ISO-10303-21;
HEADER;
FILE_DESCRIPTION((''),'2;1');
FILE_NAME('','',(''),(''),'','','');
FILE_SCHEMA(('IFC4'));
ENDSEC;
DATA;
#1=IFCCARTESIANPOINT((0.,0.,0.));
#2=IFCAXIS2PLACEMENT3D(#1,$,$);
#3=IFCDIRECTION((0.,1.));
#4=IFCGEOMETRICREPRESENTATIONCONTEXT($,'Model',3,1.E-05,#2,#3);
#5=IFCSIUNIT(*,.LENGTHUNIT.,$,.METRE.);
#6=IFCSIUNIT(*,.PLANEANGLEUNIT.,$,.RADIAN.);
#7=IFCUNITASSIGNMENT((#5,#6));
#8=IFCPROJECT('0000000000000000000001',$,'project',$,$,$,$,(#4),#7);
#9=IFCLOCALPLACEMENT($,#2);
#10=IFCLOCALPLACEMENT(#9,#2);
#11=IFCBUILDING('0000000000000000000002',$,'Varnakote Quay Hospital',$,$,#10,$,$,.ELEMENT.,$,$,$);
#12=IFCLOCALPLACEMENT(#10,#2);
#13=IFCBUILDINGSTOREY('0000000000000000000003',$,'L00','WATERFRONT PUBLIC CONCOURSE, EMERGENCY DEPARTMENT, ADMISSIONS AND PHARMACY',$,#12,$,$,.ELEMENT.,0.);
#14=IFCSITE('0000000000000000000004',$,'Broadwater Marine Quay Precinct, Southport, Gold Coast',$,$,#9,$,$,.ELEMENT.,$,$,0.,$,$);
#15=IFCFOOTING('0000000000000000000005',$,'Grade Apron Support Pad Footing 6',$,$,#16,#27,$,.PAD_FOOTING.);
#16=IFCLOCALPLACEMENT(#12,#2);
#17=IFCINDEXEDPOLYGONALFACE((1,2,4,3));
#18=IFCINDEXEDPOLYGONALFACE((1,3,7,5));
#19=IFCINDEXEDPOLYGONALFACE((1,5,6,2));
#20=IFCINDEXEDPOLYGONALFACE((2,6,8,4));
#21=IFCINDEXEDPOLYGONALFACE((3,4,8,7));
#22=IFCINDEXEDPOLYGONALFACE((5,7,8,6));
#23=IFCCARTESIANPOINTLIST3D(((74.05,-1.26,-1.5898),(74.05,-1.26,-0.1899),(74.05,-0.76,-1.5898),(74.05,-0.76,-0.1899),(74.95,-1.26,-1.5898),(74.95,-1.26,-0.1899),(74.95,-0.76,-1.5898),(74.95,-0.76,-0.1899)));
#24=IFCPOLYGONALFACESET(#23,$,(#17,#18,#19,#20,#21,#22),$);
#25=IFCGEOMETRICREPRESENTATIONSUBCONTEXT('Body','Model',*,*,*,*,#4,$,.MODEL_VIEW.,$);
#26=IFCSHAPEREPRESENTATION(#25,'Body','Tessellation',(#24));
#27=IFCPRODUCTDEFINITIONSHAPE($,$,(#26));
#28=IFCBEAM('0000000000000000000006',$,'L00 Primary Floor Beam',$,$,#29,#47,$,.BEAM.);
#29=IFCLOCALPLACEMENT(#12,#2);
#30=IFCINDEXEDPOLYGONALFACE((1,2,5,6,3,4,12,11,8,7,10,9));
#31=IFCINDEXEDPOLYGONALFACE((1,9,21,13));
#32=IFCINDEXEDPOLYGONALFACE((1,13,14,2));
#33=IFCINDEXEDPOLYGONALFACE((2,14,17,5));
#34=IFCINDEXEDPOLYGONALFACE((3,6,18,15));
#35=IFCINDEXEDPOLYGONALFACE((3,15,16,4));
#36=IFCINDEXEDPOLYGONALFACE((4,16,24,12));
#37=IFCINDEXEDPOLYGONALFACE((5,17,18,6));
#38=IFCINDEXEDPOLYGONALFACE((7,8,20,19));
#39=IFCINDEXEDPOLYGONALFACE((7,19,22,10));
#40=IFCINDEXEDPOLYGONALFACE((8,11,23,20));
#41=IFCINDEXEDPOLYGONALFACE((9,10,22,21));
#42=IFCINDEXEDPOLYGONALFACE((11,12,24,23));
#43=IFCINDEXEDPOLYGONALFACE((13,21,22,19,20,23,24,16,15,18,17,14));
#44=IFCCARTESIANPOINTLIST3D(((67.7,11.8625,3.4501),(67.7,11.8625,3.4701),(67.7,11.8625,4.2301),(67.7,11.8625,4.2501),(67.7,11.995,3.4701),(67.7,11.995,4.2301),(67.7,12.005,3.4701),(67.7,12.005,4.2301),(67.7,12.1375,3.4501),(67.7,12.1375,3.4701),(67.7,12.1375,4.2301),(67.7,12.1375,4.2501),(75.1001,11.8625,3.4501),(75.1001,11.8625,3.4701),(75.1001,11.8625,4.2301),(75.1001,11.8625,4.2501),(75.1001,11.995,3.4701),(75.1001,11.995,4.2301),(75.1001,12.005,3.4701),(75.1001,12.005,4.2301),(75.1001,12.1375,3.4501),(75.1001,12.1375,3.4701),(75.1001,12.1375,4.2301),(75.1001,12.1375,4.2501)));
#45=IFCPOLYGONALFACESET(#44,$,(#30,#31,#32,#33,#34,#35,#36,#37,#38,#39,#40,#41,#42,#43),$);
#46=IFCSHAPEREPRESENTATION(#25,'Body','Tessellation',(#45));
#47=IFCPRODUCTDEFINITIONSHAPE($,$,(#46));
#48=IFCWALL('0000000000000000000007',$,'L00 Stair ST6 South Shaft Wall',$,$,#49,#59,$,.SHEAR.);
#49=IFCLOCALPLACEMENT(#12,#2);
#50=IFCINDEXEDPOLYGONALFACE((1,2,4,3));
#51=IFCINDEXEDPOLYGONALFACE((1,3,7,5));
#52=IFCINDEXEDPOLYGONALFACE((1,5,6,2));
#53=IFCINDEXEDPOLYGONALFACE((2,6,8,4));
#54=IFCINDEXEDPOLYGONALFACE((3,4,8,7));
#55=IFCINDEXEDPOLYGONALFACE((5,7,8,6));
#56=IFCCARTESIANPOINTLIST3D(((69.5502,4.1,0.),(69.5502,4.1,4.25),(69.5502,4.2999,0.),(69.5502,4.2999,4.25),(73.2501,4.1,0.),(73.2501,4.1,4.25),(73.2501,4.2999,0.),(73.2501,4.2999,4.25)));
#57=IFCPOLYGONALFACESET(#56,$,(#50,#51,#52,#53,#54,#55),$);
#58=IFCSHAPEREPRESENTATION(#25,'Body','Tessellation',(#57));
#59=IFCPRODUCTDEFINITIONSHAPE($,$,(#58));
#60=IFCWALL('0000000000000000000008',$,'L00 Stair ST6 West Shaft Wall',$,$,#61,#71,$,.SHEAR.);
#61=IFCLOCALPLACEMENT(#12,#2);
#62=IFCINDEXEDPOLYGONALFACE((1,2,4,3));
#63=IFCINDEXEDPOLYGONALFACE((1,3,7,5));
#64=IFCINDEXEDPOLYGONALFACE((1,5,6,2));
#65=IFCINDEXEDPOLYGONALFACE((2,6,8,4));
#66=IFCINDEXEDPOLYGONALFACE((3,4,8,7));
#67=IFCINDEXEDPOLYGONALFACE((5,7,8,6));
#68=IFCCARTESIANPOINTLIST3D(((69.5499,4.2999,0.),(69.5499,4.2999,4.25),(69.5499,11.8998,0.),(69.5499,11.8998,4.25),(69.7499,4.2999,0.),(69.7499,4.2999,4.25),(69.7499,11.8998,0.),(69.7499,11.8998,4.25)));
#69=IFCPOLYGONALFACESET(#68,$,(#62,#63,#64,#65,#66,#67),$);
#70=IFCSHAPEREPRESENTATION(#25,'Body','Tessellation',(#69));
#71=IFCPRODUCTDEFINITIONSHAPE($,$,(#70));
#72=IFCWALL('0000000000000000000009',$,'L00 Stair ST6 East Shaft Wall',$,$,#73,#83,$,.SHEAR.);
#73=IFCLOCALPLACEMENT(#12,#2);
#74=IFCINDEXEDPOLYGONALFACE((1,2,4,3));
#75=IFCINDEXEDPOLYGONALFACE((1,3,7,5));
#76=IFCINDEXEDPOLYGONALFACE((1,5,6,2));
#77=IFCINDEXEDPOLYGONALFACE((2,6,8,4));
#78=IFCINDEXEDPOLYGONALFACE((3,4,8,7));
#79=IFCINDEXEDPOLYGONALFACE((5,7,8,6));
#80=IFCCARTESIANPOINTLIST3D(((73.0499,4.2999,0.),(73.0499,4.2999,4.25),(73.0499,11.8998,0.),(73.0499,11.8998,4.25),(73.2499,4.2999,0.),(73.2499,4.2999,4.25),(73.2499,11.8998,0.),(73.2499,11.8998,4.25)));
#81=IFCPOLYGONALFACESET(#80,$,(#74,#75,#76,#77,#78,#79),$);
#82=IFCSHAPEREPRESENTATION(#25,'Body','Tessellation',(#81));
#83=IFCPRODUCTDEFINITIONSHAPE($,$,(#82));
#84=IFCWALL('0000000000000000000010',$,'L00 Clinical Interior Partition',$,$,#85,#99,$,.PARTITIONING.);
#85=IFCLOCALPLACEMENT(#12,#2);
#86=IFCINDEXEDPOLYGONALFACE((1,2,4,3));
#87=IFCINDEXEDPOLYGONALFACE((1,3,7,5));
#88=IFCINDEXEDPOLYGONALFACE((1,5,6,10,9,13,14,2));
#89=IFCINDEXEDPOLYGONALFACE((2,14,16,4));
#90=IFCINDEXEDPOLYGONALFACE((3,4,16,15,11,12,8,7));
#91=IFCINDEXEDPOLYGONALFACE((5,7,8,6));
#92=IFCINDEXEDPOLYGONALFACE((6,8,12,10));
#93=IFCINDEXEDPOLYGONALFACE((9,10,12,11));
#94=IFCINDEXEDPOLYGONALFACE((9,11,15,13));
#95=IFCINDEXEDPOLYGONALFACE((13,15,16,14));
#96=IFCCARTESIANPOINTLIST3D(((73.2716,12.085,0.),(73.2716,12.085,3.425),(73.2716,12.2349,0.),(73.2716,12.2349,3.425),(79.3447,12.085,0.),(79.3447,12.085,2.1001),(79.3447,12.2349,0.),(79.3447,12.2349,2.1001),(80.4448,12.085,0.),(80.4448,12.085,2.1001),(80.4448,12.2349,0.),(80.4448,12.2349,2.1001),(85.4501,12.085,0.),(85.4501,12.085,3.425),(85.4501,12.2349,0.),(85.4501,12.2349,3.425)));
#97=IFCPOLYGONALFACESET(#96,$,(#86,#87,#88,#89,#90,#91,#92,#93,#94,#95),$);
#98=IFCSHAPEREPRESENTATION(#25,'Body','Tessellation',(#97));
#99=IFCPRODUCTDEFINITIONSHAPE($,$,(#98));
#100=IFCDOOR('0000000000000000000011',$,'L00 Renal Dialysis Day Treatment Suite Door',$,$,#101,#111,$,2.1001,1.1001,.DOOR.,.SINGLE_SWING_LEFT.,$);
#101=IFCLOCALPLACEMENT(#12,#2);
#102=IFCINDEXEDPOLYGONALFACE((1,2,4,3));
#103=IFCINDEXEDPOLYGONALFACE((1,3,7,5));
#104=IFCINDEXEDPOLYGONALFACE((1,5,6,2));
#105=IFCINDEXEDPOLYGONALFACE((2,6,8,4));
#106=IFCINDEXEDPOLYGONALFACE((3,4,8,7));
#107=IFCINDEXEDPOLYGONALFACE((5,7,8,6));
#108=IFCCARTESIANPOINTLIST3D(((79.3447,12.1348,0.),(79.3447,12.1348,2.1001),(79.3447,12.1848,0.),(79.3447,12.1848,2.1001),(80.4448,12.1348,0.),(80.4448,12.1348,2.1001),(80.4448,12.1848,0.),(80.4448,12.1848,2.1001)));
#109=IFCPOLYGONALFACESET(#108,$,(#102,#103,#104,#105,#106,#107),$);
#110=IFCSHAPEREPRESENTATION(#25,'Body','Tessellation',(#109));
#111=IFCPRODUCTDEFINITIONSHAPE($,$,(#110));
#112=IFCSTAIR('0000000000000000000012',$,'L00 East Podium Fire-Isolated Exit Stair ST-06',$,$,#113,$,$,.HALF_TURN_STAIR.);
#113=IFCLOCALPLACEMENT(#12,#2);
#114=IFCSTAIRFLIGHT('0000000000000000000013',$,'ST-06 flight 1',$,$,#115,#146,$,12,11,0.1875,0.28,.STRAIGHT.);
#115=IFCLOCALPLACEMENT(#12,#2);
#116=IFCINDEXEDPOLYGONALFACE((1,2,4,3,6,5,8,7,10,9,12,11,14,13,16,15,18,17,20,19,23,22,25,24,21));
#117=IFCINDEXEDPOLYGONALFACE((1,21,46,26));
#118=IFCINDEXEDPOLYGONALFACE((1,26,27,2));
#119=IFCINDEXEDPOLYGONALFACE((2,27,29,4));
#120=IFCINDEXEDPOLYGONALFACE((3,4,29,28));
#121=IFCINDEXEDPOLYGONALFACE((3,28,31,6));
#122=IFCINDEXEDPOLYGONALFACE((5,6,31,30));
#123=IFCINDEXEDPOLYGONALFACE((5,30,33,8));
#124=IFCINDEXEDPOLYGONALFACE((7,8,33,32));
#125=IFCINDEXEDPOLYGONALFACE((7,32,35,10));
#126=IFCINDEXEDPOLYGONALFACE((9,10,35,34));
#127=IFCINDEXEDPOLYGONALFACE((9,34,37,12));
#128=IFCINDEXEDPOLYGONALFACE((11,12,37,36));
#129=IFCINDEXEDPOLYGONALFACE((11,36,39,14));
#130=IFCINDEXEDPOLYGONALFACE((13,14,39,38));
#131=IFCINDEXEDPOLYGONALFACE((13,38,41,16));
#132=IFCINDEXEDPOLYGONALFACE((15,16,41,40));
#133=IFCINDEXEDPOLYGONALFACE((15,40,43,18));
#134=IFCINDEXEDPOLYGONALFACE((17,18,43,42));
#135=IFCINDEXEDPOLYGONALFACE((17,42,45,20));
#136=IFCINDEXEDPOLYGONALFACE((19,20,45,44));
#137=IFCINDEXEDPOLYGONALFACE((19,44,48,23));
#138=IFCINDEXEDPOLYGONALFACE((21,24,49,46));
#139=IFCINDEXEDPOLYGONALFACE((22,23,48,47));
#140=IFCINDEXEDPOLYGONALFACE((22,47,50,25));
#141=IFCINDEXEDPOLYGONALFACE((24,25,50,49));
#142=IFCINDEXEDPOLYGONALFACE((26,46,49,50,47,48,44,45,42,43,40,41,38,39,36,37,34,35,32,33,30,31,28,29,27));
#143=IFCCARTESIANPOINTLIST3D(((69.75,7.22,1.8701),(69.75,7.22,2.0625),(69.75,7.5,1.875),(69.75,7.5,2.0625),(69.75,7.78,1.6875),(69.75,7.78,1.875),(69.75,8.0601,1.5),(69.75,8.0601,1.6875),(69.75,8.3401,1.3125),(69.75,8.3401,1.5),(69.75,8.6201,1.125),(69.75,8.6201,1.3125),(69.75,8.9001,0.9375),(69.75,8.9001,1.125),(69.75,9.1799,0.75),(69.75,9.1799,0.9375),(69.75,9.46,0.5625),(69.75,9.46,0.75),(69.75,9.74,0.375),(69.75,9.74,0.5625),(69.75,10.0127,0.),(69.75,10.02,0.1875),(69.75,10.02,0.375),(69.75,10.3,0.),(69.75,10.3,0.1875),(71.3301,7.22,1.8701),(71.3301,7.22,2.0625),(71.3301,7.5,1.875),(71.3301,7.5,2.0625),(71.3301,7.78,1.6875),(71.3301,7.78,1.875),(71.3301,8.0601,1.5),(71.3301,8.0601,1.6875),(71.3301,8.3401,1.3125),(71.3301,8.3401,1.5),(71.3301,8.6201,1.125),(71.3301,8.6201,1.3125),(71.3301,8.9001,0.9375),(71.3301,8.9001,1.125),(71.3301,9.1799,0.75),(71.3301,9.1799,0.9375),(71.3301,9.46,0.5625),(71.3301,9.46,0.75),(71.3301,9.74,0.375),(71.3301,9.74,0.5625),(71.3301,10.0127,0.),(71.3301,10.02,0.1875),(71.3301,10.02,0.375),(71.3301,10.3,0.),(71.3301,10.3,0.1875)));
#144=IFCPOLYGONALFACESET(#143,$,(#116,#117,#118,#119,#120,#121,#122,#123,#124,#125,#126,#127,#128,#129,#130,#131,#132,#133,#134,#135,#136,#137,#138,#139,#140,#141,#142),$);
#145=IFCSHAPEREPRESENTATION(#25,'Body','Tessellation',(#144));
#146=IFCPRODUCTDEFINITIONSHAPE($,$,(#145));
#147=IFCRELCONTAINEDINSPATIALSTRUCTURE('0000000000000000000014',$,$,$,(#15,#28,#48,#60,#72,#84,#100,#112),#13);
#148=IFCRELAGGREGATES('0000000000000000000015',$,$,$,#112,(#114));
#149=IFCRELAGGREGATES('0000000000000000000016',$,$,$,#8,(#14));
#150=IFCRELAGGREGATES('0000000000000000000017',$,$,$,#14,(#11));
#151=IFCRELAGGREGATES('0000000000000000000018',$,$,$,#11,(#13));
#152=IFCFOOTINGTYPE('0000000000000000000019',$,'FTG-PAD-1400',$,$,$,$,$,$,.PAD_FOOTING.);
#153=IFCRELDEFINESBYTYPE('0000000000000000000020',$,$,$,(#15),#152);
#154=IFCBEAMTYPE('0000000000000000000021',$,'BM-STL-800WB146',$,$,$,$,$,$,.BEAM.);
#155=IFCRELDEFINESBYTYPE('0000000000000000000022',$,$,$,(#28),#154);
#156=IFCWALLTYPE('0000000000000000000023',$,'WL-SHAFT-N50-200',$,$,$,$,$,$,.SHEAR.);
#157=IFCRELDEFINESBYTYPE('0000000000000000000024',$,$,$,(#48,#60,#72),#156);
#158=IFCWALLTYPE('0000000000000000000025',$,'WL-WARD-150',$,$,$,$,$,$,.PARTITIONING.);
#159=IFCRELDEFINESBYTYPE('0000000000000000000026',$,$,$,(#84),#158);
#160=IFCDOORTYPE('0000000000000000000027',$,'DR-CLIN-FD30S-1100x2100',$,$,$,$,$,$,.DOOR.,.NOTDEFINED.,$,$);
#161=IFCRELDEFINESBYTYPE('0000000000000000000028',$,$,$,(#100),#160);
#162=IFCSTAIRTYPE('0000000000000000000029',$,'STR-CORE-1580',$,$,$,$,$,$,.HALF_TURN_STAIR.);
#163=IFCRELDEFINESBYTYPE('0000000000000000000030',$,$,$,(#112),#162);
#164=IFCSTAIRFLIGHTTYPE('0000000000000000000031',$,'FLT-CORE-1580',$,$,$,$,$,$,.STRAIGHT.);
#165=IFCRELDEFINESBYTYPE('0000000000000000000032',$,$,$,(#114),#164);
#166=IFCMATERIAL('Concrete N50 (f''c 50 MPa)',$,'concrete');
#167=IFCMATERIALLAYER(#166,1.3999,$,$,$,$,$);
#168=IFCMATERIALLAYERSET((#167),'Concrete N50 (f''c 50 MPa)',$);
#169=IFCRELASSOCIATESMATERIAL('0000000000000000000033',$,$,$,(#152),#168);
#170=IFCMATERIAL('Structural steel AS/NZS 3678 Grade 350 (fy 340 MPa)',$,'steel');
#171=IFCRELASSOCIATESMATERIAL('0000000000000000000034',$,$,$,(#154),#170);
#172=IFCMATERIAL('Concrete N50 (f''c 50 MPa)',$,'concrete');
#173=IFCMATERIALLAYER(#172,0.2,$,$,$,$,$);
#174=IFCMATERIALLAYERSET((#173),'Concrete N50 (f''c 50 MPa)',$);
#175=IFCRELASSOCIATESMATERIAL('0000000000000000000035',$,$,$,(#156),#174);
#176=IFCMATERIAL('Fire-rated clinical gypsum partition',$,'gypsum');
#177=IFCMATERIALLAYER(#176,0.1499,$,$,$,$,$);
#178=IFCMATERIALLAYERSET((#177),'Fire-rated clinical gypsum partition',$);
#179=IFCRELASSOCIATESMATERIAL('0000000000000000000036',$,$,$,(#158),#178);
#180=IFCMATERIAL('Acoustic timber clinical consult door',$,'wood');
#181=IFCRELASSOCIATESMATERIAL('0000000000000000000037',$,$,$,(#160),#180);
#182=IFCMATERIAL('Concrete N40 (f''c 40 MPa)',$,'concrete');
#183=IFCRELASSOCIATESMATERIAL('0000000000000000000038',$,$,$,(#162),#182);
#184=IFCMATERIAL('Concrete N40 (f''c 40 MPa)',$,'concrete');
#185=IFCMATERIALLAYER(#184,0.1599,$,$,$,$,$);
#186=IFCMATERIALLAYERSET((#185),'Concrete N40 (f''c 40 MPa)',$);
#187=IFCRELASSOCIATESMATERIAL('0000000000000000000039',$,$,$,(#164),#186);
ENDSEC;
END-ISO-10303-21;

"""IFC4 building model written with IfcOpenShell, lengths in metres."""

from ifc_helpers import new_model, si_unit, direction, frame, frame_2d, origin, origin_2d, place, context, subcontext, project, spatial, polyline, rectangle, i_section, outline, extrude, material, layer, layer_set, material_profile, profile_set, type_object, element, fill, aggregate, save


model = new_model("IFC4")

# Units and contexts
model_context = context("Model", 3, precision=1e-05, world=origin(), true_north=direction((0.0, 1.0)))
body_context = subcontext(model_context, "Body", "Model", "MODEL_VIEW")
ifc_project = project(units=[si_unit("LENGTHUNIT", "METRE"), si_unit("PLANEANGLEUNIT", "RADIAN")], contexts=[model_context])

# Site, building, storey
site_placement = place(None, origin())
site = spatial("IfcSite", under=ifc_project, at=site_placement, Name="Broadwater Marine Quay Precinct, Southport, Gold Coast", CompositionType="ELEMENT", RefElevation=0.0)
building_placement = place(site_placement, origin())
building = spatial("IfcBuilding", under=site, at=building_placement, Name="Varnakote Quay Hospital", CompositionType="ELEMENT")
storey_placement = place(building_placement, origin())
storey = spatial("IfcBuildingStorey", under=building, at=storey_placement, Name="L00", Description="WATERFRONT PUBLIC CONCOURSE, EMERGENCY DEPARTMENT, ADMISSIONS AND PHARMACY", CompositionType="ELEMENT", Elevation=0.0)

# Footing
ifc_material_1 = material(Name="Concrete N50 (f'c 50 MPa)", Category="concrete")
ifc_layer_1 = layer(ifc_material_1, 1.3999)
ifc_layer_set_1 = layer_set([ifc_layer_1], Name="Concrete N50 (f'c 50 MPa)")
footing_type = type_object("IfcFootingType", Name="FTG-PAD-1400", PredefinedType="PAD_FOOTING", material=ifc_layer_set_1)
footing_placement = place(storey_placement, frame((74.5, -1.01, -1.5898), z_axis=(0.0, 0.0, 1.0), x_axis=(1.0, 0.0, 0.0)))
element("IfcFooting", 1, at=footing_placement, inside=storey, type_object=footing_type, Name="Grade Apron Support Pad Footing 6", PredefinedType="PAD_FOOTING", context=body_context, shape_type="SweptSolid", body=[
    extrude(rectangle(XDim=0.8999, YDim=0.5, at=origin_2d()), origin(), (0.0, 0.0, 1.0), 1.3999),
])

# Beam
ifc_material_2 = material(Name="Structural steel AS/NZS 3678 Grade 350 (fy 340 MPa)", Category="steel")
ifc_material_profile = material_profile(ifc_material_2, i_section(OverallWidth=0.2749, OverallDepth=0.8, WebThickness=0.01, FlangeThickness=0.02, at=origin_2d()), Name="800WB146")
ifc_profile_set = profile_set([ifc_material_profile], Name="Structural steel AS/NZS 3678 Grade 350 (fy 340 MPa)")
beam_type = type_object("IfcBeamType", Name="BM-STL-800WB146", PredefinedType="BEAM", material=ifc_profile_set)
beam_placement = place(storey_placement, frame((67.7, 12.0, 3.8501), z_axis=(1.0, 0.0, 0.0), x_axis=(0.0, 1.0, 0.0)))
element("IfcBeam", 2, at=beam_placement, inside=storey, type_object=beam_type, Name="L00 Primary Floor Beam", PredefinedType="BEAM", context=body_context, shape_type="SweptSolid", body=[
    extrude(i_section(OverallWidth=0.2749, OverallDepth=0.8, WebThickness=0.01, FlangeThickness=0.02, at=origin_2d()), origin(), (0.0, 0.0, 1.0), 7.4001),
])

# Walls
ifc_material_3 = material(Name="Concrete N50 (f'c 50 MPa)", Category="concrete")
ifc_layer_2 = layer(ifc_material_3, 0.2)
ifc_layer_set_2 = layer_set([ifc_layer_2], Name="Concrete N50 (f'c 50 MPa)")
wall_type_1 = type_object("IfcWallType", Name="WL-SHAFT-N50-200", PredefinedType="SHEAR", material=ifc_layer_set_2)
wall_1_placement = place(storey_placement, frame((69.55, 4.2, 0.0), z_axis=(0.0, 0.0, 1.0), x_axis=(1.0, 0.0, 0.0)))
element("IfcWall", 3, at=wall_1_placement, inside=storey, type_object=wall_type_1, Name="L00 Stair ST6 South Shaft Wall", PredefinedType="SHEAR", context=body_context, shape_type="SweptSolid", body=[
    extrude(rectangle(XDim=3.7, YDim=0.2, at=frame_2d((1.8501, 0.0))), origin(), (0.0, 0.0, 1.0), 4.25),
])
for number, where, z_axis, x_axis, name in (
    (4, (69.6499, 4.3, 0.0), (0.0, 0.0, 1.0), (0.0, 1.0, 0.0), "L00 Stair ST6 West Shaft Wall"),
    (5, (73.1499, 4.3, 0.0), (0.0, 0.0, 1.0), (0.0, 1.0, 0.0), "L00 Stair ST6 East Shaft Wall"),
):
    element("IfcWall", number, at=place(storey_placement, frame(where, z_axis=z_axis, x_axis=x_axis)), inside=storey, type_object=wall_type_1, Name=name, PredefinedType="SHEAR", context=body_context, shape_type="SweptSolid", body=[
        extrude(rectangle(XDim=7.5999, YDim=0.2, at=frame_2d((3.7998, 0.0))), origin(), (0.0, 0.0, 1.0), 4.25),
    ])

# Wall, opening, door
ifc_material_4 = material(Name="Fire-rated clinical gypsum partition", Category="gypsum")
ifc_layer_3 = layer(ifc_material_4, 0.1499)
ifc_layer_set_3 = layer_set([ifc_layer_3], Name="Fire-rated clinical gypsum partition")
wall_type_2 = type_object("IfcWallType", Name="WL-WARD-150", PredefinedType="PARTITIONING", material=ifc_layer_set_3)
wall_2_placement = place(storey_placement, frame((73.2715, 12.1599, 0.0), z_axis=(0.0, 0.0, 1.0), x_axis=(1.0, 0.0, 0.0)))
wall_2 = element("IfcWall", 6, at=wall_2_placement, inside=storey, type_object=wall_type_2, Name="L00 Clinical Interior Partition", PredefinedType="PARTITIONING", context=body_context, shape_type="SweptSolid", body=[
    extrude(rectangle(XDim=12.1785, YDim=0.1499, at=frame_2d((6.0894, 0.0))), origin(), (0.0, 0.0, 1.0), 3.425),
])
opening_1_placement = place(wall_2_placement, frame((6.0732, 0.0, 0.0)))
opening_1 = element("IfcOpeningElement", 7, at=opening_1_placement, cuts=wall_2, PredefinedType="OPENING", context=body_context, shape_type="SweptSolid", body=[
    extrude(rectangle(XDim=1.1001, YDim=2.1001, at=frame_2d((0.55, 1.05))), frame((0.0, 0.085, 0.0), z_axis=(0.0, -1.0, 0.0), x_axis=(1.0, 0.0, 0.0)), (0.0, 0.0, 1.0), 0.1699),
])
ifc_material_5 = material(Name="Acoustic timber clinical consult door", Category="wood")
door_type_1 = type_object("IfcDoorType", Name="DR-CLIN-FD30S-1100x2100", OperationType="NOTDEFINED", PredefinedType="DOOR", material=ifc_material_5)
door_1_placement = place(opening_1_placement, origin())
door_1 = element("IfcDoor", 8, at=door_1_placement, inside=storey, type_object=door_type_1, Name="L00 Renal Dialysis Day Treatment Suite Door", OperationType="SINGLE_SWING_LEFT", OverallHeight=2.1001, OverallWidth=1.1001, PredefinedType="DOOR", context=body_context, shape_type="SweptSolid", body=[
    extrude(rectangle(XDim=1.1001, YDim=2.1001, at=frame_2d((0.55, 1.05))), frame((0.0, 0.0249, 0.0), z_axis=(0.0, -1.0, 0.0), x_axis=(1.0, 0.0, 0.0)), (0.0, 0.0, 1.0), 0.05),
])
fill(opening_1, door_1)

# Stair, stair flight
ifc_material_6 = material(Name="Concrete N40 (f'c 40 MPa)", Category="concrete")
stair_type = type_object("IfcStairType", Name="STR-CORE-1580", PredefinedType="HALF_TURN_STAIR", material=ifc_material_6)
stair_placement = place(storey_placement, origin())
stair = element("IfcStair", 9, at=stair_placement, inside=storey, type_object=stair_type, Name="L00 East Podium Fire-Isolated Exit Stair ST-06", PredefinedType="HALF_TURN_STAIR")
ifc_material_7 = material(Name="Concrete N40 (f'c 40 MPa)", Category="concrete")
ifc_layer_4 = layer(ifc_material_7, 0.1599)
ifc_layer_set_4 = layer_set([ifc_layer_4], Name="Concrete N40 (f'c 40 MPa)")
stair_flight_type = type_object("IfcStairFlightType", Name="FLT-CORE-1580", PredefinedType="STRAIGHT", material=ifc_layer_set_4)
stair_flight_1_placement = place(storey_placement, frame((70.54, 10.3, 0.0), z_axis=(0.0, 0.0, 1.0), x_axis=(0.0, -1.0, 0.0)))
stair_flight_1 = element("IfcStairFlight", 10, at=stair_flight_1_placement, type_object=stair_flight_type, Name="ST-06 flight 1", NumberOfRisers=12, NumberOfTreads=11, PredefinedType="STRAIGHT", RiserHeight=0.1875, TreadLength=0.28, context=body_context, shape_type="SweptSolid", body=[
    extrude(outline(polyline([(0.0, 0.0), (0.0, 0.1875), (0.28, 0.1875), (0.28, 0.375), (0.5601, 0.375), (0.5601, 0.5625), (0.8401, 0.5625), (0.8401, 0.75), (1.1201, 0.75), (1.1201, 0.9375), (1.3999, 0.9375), (1.3999, 1.125), (1.6799, 1.125), (1.6799, 1.3125), (1.96, 1.3125), (1.96, 1.5), (2.24, 1.5), (2.24, 1.6875), (2.52, 1.6875), (2.52, 1.875), (2.8, 1.875), (2.8, 2.0625), (3.0801, 2.0625), (3.0801, 2.25), (3.0801, 1.8701), (0.2874, 0.0), (0.0, 0.0)])), frame((0.0, 0.79, 0.0), z_axis=(0.0, -1.0, 0.0), x_axis=(1.0, 0.0, 0.0)), (0.0, 0.0, 1.0), 1.5801),
])
aggregate(stair, [stair_flight_1])

save(model, "model.ifc")
